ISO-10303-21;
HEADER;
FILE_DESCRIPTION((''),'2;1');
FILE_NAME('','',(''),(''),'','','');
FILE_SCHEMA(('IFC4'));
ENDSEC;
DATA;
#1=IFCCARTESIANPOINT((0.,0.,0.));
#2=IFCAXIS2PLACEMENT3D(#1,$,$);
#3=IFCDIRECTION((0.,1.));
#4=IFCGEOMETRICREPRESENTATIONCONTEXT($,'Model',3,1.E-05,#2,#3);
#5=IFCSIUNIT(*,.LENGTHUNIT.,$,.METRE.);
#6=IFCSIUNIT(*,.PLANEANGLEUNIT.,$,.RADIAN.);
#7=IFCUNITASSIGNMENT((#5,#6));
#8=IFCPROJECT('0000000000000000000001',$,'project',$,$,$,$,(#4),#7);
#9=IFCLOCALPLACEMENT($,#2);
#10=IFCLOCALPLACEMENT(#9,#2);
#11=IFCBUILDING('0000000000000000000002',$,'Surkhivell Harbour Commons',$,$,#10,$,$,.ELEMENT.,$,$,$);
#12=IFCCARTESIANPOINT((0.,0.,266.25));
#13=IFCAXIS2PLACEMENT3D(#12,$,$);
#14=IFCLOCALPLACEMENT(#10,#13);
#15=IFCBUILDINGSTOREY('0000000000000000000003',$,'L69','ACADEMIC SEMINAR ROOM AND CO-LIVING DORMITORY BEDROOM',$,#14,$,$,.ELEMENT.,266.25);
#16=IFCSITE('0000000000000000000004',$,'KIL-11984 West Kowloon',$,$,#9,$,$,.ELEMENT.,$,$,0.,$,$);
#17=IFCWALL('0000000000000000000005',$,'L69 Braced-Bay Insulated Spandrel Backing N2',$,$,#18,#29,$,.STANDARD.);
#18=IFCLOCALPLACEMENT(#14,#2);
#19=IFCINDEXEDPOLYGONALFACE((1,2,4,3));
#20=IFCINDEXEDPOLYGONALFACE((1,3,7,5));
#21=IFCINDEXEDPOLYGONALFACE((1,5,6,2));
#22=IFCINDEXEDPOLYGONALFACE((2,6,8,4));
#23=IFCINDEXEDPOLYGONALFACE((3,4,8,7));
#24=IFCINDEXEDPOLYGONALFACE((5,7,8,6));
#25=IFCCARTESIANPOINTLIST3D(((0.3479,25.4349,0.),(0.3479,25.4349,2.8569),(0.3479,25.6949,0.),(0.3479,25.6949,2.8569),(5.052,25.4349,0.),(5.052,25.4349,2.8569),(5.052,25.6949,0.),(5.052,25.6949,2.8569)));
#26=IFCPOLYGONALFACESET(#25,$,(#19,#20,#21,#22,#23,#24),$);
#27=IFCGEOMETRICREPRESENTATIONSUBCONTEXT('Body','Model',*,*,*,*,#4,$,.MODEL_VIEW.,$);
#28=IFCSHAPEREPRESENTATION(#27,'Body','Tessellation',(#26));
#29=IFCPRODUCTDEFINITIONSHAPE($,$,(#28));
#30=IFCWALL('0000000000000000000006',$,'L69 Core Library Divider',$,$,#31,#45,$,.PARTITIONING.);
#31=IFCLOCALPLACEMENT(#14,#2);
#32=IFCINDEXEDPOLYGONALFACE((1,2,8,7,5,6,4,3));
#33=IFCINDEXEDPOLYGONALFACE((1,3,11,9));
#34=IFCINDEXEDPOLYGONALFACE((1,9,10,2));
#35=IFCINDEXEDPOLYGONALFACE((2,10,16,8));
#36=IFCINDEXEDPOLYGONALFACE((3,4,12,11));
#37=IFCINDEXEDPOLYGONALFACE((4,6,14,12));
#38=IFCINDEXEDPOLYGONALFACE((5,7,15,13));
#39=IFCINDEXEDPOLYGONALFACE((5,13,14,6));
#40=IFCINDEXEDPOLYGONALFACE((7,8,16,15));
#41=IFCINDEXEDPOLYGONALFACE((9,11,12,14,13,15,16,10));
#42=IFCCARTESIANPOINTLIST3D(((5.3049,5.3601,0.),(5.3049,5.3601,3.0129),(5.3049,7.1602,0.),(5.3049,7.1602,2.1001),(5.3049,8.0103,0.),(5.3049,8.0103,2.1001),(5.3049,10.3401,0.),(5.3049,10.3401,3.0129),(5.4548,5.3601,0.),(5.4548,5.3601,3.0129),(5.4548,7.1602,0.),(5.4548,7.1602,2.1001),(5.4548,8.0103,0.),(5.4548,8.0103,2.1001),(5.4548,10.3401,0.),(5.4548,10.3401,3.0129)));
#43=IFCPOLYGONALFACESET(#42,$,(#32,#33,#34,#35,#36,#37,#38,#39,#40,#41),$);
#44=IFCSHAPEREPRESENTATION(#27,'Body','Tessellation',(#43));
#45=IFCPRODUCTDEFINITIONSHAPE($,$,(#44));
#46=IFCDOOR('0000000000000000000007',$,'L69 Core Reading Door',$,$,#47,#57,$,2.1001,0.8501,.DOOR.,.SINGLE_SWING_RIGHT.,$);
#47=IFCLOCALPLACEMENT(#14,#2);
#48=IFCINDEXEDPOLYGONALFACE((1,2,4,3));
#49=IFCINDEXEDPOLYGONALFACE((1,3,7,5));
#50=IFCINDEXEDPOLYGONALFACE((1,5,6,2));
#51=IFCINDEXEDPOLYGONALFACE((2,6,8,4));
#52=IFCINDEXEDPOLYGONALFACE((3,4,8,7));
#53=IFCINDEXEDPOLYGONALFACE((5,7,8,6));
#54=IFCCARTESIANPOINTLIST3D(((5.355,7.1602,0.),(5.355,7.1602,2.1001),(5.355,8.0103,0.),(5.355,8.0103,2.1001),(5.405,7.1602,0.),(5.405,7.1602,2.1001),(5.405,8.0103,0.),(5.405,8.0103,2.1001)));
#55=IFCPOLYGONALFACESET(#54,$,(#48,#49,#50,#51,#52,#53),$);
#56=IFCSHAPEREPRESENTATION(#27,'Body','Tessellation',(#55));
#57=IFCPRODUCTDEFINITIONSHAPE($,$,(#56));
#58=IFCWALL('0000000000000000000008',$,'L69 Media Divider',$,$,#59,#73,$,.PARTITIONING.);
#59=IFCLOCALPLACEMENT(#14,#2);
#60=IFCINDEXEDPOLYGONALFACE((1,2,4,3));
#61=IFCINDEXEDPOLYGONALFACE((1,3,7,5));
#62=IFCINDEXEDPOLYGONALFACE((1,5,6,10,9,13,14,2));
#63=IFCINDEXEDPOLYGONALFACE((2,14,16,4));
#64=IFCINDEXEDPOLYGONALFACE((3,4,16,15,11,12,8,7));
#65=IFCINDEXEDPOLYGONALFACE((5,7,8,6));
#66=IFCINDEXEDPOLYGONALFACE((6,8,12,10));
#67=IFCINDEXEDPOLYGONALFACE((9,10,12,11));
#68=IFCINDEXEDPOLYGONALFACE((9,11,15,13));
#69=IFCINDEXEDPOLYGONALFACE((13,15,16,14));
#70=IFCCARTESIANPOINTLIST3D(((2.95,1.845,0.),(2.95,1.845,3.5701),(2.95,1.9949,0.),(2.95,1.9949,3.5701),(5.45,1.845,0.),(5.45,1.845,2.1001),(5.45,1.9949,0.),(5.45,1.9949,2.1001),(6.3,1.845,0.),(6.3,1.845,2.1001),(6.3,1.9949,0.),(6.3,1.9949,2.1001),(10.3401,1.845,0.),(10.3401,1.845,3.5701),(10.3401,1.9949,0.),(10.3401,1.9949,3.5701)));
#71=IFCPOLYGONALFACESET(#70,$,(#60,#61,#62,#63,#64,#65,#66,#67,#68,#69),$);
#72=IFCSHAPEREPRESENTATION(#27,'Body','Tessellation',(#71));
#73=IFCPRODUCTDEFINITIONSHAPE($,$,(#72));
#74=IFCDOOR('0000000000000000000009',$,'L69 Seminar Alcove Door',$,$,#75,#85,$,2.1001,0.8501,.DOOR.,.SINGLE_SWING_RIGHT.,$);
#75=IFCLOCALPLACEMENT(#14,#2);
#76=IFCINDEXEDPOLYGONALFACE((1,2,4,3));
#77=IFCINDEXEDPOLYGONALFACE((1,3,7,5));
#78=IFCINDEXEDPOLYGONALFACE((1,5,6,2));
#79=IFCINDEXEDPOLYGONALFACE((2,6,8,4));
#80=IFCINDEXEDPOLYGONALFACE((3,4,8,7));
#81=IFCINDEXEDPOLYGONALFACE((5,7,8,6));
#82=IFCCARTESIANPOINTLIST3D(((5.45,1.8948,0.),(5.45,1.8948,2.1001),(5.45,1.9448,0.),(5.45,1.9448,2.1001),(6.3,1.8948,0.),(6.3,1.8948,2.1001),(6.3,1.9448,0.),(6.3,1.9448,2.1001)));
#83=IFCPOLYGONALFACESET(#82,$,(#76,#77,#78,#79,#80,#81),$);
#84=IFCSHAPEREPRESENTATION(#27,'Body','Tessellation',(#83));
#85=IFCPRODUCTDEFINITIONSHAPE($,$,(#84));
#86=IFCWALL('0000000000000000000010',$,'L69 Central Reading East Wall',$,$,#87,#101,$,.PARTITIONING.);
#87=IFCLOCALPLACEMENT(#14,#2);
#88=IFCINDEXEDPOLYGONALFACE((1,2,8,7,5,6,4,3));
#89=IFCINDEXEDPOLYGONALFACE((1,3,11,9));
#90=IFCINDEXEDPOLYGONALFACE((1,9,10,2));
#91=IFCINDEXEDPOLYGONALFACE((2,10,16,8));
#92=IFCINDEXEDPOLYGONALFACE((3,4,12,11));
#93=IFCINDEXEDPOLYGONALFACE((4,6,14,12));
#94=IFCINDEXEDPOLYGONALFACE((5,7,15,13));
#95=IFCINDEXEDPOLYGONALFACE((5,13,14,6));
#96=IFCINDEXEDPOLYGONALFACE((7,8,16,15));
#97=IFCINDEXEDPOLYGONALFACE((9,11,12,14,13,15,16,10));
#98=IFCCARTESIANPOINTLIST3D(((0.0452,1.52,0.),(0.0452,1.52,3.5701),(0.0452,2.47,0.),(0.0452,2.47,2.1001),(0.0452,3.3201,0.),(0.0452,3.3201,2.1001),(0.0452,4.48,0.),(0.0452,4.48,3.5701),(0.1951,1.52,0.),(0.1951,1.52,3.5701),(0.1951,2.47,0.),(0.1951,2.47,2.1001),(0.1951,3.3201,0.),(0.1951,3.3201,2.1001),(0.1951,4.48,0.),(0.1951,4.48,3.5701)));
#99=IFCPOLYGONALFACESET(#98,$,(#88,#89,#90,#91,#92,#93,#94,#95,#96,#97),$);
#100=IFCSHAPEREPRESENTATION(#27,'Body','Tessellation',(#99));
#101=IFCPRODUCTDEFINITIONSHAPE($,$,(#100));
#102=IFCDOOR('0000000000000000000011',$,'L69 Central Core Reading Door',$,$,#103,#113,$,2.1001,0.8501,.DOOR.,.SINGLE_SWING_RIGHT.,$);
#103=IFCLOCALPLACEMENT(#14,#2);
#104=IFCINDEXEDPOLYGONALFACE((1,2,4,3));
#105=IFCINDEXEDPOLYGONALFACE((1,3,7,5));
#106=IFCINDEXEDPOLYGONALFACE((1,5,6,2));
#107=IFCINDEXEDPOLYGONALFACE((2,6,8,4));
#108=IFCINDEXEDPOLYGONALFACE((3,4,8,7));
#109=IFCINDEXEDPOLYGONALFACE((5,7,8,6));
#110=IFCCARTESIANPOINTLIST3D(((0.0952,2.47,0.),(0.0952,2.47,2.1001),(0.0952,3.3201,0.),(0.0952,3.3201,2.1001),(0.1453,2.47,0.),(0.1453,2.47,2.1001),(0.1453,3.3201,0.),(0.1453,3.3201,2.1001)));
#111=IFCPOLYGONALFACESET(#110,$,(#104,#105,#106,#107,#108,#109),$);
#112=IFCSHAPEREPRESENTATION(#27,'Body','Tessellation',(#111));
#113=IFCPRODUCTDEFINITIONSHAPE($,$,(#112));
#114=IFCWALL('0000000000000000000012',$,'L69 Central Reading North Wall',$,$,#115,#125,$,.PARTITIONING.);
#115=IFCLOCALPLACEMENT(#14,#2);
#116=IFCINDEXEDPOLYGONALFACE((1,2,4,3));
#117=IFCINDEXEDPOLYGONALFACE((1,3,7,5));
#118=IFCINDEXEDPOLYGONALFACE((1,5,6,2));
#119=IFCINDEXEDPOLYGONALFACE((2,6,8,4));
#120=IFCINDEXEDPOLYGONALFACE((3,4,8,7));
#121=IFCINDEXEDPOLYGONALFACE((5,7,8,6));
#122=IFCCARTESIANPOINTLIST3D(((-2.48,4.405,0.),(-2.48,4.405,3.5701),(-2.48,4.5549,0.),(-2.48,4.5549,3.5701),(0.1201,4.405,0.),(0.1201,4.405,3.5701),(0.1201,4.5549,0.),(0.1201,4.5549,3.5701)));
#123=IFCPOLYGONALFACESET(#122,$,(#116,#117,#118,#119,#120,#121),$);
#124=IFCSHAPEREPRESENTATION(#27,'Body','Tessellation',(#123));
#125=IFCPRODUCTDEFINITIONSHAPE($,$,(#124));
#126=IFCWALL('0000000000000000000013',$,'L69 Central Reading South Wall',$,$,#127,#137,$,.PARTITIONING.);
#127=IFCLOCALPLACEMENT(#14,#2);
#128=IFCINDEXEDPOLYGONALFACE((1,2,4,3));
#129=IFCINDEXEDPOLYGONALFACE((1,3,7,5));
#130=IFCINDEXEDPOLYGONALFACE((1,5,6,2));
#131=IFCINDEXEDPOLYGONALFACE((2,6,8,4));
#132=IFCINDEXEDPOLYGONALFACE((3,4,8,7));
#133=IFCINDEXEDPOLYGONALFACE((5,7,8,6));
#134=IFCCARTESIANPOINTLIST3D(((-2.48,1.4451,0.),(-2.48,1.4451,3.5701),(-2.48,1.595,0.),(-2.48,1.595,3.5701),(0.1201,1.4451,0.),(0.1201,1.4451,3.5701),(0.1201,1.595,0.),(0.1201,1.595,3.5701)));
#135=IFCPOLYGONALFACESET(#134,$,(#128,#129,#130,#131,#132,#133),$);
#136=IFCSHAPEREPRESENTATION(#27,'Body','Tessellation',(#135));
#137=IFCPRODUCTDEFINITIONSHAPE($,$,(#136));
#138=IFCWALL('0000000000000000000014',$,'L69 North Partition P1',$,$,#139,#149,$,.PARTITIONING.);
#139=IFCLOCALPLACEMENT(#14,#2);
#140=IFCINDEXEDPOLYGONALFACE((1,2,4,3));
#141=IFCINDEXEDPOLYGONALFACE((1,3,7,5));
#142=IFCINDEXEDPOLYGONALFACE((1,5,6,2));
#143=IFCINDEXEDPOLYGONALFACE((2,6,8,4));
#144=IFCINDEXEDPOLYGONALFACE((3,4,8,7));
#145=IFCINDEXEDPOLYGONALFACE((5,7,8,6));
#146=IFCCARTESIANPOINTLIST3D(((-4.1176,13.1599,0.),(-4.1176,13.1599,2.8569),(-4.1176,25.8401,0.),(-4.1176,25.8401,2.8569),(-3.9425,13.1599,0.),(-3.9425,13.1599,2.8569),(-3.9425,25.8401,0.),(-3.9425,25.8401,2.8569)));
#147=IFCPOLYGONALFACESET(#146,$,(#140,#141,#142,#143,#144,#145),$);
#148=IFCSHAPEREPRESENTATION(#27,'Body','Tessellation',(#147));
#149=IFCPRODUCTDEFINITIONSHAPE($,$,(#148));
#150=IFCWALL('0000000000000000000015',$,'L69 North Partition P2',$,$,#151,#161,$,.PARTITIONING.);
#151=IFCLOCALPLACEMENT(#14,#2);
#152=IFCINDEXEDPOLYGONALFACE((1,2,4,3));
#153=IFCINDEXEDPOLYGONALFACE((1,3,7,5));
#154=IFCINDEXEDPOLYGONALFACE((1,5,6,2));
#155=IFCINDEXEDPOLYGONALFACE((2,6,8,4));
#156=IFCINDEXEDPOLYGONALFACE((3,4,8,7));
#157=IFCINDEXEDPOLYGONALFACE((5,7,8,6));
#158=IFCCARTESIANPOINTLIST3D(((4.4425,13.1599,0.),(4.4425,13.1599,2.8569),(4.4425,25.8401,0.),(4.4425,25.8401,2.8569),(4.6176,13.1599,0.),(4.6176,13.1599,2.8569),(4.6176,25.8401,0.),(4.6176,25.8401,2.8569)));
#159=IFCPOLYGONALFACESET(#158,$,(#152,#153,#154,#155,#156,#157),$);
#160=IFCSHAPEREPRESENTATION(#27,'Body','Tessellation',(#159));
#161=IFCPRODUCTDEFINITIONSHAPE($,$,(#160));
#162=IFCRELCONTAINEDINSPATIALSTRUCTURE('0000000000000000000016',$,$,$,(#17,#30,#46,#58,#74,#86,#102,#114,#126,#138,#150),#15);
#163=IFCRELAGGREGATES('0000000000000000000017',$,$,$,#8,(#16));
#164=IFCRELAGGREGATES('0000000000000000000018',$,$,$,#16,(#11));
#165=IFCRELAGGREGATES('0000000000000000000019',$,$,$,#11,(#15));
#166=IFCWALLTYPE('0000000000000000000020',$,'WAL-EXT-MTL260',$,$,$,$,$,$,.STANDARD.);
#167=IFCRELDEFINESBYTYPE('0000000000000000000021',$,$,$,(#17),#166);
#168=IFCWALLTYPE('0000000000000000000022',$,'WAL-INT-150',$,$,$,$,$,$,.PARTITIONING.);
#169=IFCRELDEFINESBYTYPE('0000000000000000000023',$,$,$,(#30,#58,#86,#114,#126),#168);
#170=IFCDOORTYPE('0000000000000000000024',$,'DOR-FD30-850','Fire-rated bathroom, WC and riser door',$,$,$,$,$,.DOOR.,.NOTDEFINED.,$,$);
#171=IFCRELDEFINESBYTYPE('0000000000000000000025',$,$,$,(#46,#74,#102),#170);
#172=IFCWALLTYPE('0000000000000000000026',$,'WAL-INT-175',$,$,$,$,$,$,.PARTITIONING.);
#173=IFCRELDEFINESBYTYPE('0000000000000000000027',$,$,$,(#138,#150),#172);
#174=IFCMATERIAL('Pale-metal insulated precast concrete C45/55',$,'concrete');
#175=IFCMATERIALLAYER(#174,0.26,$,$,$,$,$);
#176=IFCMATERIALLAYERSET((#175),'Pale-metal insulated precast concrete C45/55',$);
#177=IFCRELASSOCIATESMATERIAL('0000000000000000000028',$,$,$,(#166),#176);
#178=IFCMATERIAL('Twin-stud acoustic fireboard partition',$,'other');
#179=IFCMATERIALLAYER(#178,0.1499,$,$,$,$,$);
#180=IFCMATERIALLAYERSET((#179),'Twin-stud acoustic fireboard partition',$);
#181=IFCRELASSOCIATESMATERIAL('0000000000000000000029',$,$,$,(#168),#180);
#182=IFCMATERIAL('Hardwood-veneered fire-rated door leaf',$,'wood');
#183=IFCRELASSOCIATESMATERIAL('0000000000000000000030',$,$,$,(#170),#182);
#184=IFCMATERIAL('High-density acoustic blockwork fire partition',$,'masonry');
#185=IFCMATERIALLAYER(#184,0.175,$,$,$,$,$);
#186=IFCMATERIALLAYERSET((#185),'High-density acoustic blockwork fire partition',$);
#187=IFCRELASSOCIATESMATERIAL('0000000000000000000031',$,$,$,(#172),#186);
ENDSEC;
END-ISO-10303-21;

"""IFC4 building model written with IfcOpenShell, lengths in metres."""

from ifc_helpers import new_model, si_unit, direction, frame, frame_2d, origin, place, context, subcontext, project, spatial, rectangle, extrude, material, layer, layer_set, type_object, element, fill, save


model = new_model("IFC4")

# Units and contexts
model_context = context("Model", 3, precision=1e-05, world=origin(), true_north=direction((0.0, 1.0)))
body_context = subcontext(model_context, "Body", "Model", "MODEL_VIEW")
ifc_project = project(units=[si_unit("LENGTHUNIT", "METRE"), si_unit("PLANEANGLEUNIT", "RADIAN")], contexts=[model_context])

# Site, building, storey
site_placement = place(None, origin())
site = spatial("IfcSite", under=ifc_project, at=site_placement, Name="KIL-11984 West Kowloon", CompositionType="ELEMENT", RefElevation=0.0)
building_placement = place(site_placement, origin())
building = spatial("IfcBuilding", under=site, at=building_placement, Name="Surkhivell Harbour Commons", CompositionType="ELEMENT")
storey_placement = place(building_placement, frame((0.0, 0.0, 266.25)))
storey = spatial("IfcBuildingStorey", under=building, at=storey_placement, Name="L69", Description="ACADEMIC SEMINAR ROOM AND CO-LIVING DORMITORY BEDROOM", CompositionType="ELEMENT", Elevation=266.25)

# Shared definitions
ifc_material_1 = material(Name="Hardwood-veneered fire-rated door leaf", Category="wood")

# Wall
ifc_material_2 = material(Name="Pale-metal insulated precast concrete C45/55", Category="concrete")
ifc_layer_1 = layer(ifc_material_2, 0.26)
ifc_layer_set_1 = layer_set([ifc_layer_1], Name="Pale-metal insulated precast concrete C45/55")
wall_type_1 = type_object("IfcWallType", Name="WAL-EXT-MTL260", PredefinedType="STANDARD", material=ifc_layer_set_1)
for number, where, z_axis, x_axis, name in (
    (1, (5.052, 25.5649, 0.0), (0.0, 0.0, 1.0), (-1.0, 0.0, 0.0), "L69 Braced-Bay Insulated Spandrel Backing N2"),
):
    element("IfcWall", number, at=place(storey_placement, frame(where, z_axis=z_axis, x_axis=x_axis)), inside=storey, type_object=wall_type_1, Name=name, PredefinedType="STANDARD", context=body_context, shape_type="SweptSolid", body=[
        extrude(rectangle(XDim=4.7041, YDim=0.26, at=frame_2d((2.3521, 0.0))), origin(), (0.0, 0.0, 1.0), 2.8569),
    ])

# Walls, openings, doors
ifc_material_3 = material(Name="Twin-stud acoustic fireboard partition", Category="other")
ifc_layer_2 = layer(ifc_material_3, 0.1499)
ifc_layer_set_2 = layer_set([ifc_layer_2], Name="Twin-stud acoustic fireboard partition")
wall_type_2 = type_object("IfcWallType", Name="WAL-INT-150", PredefinedType="PARTITIONING", material=ifc_layer_set_2)
wall_1_placement = place(storey_placement, frame((5.3799, 5.3601, 0.0), z_axis=(0.0, 0.0, 1.0), x_axis=(0.0, 1.0, 0.0)))
wall_1 = element("IfcWall", 2, at=wall_1_placement, inside=storey, type_object=wall_type_2, Name="L69 Core Library Divider", PredefinedType="PARTITIONING", context=body_context, shape_type="SweptSolid", body=[
    extrude(rectangle(XDim=4.98, YDim=0.1499, at=frame_2d((2.49, 0.0))), origin(), (0.0, 0.0, 1.0), 3.0129),
])
opening_1_placement = place(wall_1_placement, frame((1.8, 0.0, 0.0)))
opening_1 = element("IfcOpeningElement", 3, at=opening_1_placement, cuts=wall_1, PredefinedType="OPENING", context=body_context, shape_type="SweptSolid", body=[
    extrude(rectangle(XDim=0.8501, YDim=2.1001, at=frame_2d((0.425, 1.05))), frame((0.0, 0.085, 0.0), z_axis=(0.0, -1.0, 0.0), x_axis=(1.0, 0.0, 0.0)), (0.0, 0.0, 1.0), 0.1699),
])
door_type_1 = type_object("IfcDoorType", Name="DOR-FD30-850", Description="Fire-rated bathroom, WC and riser door", OperationType="NOTDEFINED", PredefinedType="DOOR", material=ifc_material_1)
door_1_placement = place(opening_1_placement, origin())
door_1 = element("IfcDoor", 4, at=door_1_placement, inside=storey, type_object=door_type_1, Name="L69 Core Reading Door", OperationType="SINGLE_SWING_RIGHT", OverallHeight=2.1001, OverallWidth=0.8501, PredefinedType="DOOR", context=body_context, shape_type="SweptSolid", body=[
    extrude(rectangle(XDim=0.8501, YDim=2.1001, at=frame_2d((0.425, 1.05))), frame((0.0, 0.0249, 0.0), z_axis=(0.0, -1.0, 0.0), x_axis=(1.0, 0.0, 0.0)), (0.0, 0.0, 1.0), 0.05),
])
fill(opening_1, door_1)
wall_2_placement = place(storey_placement, frame((2.95, 1.9199, 0.0), z_axis=(0.0, 0.0, 1.0), x_axis=(1.0, 0.0, 0.0)))
wall_2 = element("IfcWall", 5, at=wall_2_placement, inside=storey, type_object=wall_type_2, Name="L69 Media Divider", PredefinedType="PARTITIONING", context=body_context, shape_type="SweptSolid", body=[
    extrude(rectangle(XDim=7.3901, YDim=0.1499, at=frame_2d((3.6951, 0.0))), origin(), (0.0, 0.0, 1.0), 3.5701),
])
opening_2_placement = place(wall_2_placement, frame((2.5, 0.0, 0.0)))
opening_2 = element("IfcOpeningElement", 6, at=opening_2_placement, cuts=wall_2, PredefinedType="OPENING", context=body_context, shape_type="SweptSolid", body=[
    extrude(rectangle(XDim=0.8501, YDim=2.1001, at=frame_2d((0.425, 1.05))), frame((0.0, 0.085, 0.0), z_axis=(0.0, -1.0, 0.0), x_axis=(1.0, 0.0, 0.0)), (0.0, 0.0, 1.0), 0.1699),
])
door_2_placement = place(opening_2_placement, origin())
door_2 = element("IfcDoor", 7, at=door_2_placement, inside=storey, type_object=door_type_1, Name="L69 Seminar Alcove Door", OperationType="SINGLE_SWING_RIGHT", OverallHeight=2.1001, OverallWidth=0.8501, PredefinedType="DOOR", context=body_context, shape_type="SweptSolid", body=[
    extrude(rectangle(XDim=0.8501, YDim=2.1001, at=frame_2d((0.425, 1.05))), frame((0.0, 0.0249, 0.0), z_axis=(0.0, -1.0, 0.0), x_axis=(1.0, 0.0, 0.0)), (0.0, 0.0, 1.0), 0.05),
])
fill(opening_2, door_2)
wall_3_placement = place(storey_placement, frame((0.1201, 1.52, 0.0), z_axis=(0.0, 0.0, 1.0), x_axis=(0.0, 1.0, 0.0)))
wall_3 = element("IfcWall", 8, at=wall_3_placement, inside=storey, type_object=wall_type_2, Name="L69 Central Reading East Wall", PredefinedType="PARTITIONING", context=body_context, shape_type="SweptSolid", body=[
    extrude(rectangle(XDim=2.96, YDim=0.1499, at=frame_2d((1.48, 0.0))), origin(), (0.0, 0.0, 1.0), 3.5701),
])
opening_3_placement = place(wall_3_placement, frame((0.95, 0.0, 0.0)))
opening_3 = element("IfcOpeningElement", 9, at=opening_3_placement, cuts=wall_3, PredefinedType="OPENING", context=body_context, shape_type="SweptSolid", body=[
    extrude(rectangle(XDim=0.8501, YDim=2.1001, at=frame_2d((0.425, 1.05))), frame((0.0, 0.085, 0.0), z_axis=(0.0, -1.0, 0.0), x_axis=(1.0, 0.0, 0.0)), (0.0, 0.0, 1.0), 0.1699),
])
door_3_placement = place(opening_3_placement, origin())
door_3 = element("IfcDoor", 10, at=door_3_placement, inside=storey, type_object=door_type_1, Name="L69 Central Core Reading Door", OperationType="SINGLE_SWING_RIGHT", OverallHeight=2.1001, OverallWidth=0.8501, PredefinedType="DOOR", context=body_context, shape_type="SweptSolid", body=[
    extrude(rectangle(XDim=0.8501, YDim=2.1001, at=frame_2d((0.425, 1.05))), frame((0.0, 0.0249, 0.0), z_axis=(0.0, -1.0, 0.0), x_axis=(1.0, 0.0, 0.0)), (0.0, 0.0, 1.0), 0.05),
])
fill(opening_3, door_3)

# Walls
for number, where, z_axis, x_axis, name in (
    (11, (-2.48, 4.48, 0.0), (0.0, 0.0, 1.0), (1.0, 0.0, 0.0), "L69 Central Reading North Wall"),
    (12, (-2.48, 1.52, 0.0), (0.0, 0.0, 1.0), (1.0, 0.0, 0.0), "L69 Central Reading South Wall"),
):
    element("IfcWall", number, at=place(storey_placement, frame(where, z_axis=z_axis, x_axis=x_axis)), inside=storey, type_object=wall_type_2, Name=name, PredefinedType="PARTITIONING", context=body_context, shape_type="SweptSolid", body=[
        extrude(rectangle(XDim=2.6001, YDim=0.1499, at=frame_2d((1.3, 0.0))), origin(), (0.0, 0.0, 1.0), 3.5701),
    ])
ifc_material_4 = material(Name="High-density acoustic blockwork fire partition", Category="masonry")
ifc_layer_3 = layer(ifc_material_4, 0.175)
ifc_layer_set_3 = layer_set([ifc_layer_3], Name="High-density acoustic blockwork fire partition")
wall_type_3 = type_object("IfcWallType", Name="WAL-INT-175", PredefinedType="PARTITIONING", material=ifc_layer_set_3)
for number, where, z_axis, x_axis, name in (
    (13, (-4.03, 13.1599, 0.0), (0.0, 0.0, 1.0), (0.0, 1.0, 0.0), "L69 North Partition P1"),
    (14, (4.53, 13.1599, 0.0), (0.0, 0.0, 1.0), (0.0, 1.0, 0.0), "L69 North Partition P2"),
):
    element("IfcWall", number, at=place(storey_placement, frame(where, z_axis=z_axis, x_axis=x_axis)), inside=storey, type_object=wall_type_3, Name=name, PredefinedType="PARTITIONING", context=body_context, shape_type="SweptSolid", body=[
        extrude(rectangle(XDim=12.6802, YDim=0.175, at=frame_2d((6.3401, 0.0))), origin(), (0.0, 0.0, 1.0), 2.8569),
    ])

save(model, "model.ifc")
